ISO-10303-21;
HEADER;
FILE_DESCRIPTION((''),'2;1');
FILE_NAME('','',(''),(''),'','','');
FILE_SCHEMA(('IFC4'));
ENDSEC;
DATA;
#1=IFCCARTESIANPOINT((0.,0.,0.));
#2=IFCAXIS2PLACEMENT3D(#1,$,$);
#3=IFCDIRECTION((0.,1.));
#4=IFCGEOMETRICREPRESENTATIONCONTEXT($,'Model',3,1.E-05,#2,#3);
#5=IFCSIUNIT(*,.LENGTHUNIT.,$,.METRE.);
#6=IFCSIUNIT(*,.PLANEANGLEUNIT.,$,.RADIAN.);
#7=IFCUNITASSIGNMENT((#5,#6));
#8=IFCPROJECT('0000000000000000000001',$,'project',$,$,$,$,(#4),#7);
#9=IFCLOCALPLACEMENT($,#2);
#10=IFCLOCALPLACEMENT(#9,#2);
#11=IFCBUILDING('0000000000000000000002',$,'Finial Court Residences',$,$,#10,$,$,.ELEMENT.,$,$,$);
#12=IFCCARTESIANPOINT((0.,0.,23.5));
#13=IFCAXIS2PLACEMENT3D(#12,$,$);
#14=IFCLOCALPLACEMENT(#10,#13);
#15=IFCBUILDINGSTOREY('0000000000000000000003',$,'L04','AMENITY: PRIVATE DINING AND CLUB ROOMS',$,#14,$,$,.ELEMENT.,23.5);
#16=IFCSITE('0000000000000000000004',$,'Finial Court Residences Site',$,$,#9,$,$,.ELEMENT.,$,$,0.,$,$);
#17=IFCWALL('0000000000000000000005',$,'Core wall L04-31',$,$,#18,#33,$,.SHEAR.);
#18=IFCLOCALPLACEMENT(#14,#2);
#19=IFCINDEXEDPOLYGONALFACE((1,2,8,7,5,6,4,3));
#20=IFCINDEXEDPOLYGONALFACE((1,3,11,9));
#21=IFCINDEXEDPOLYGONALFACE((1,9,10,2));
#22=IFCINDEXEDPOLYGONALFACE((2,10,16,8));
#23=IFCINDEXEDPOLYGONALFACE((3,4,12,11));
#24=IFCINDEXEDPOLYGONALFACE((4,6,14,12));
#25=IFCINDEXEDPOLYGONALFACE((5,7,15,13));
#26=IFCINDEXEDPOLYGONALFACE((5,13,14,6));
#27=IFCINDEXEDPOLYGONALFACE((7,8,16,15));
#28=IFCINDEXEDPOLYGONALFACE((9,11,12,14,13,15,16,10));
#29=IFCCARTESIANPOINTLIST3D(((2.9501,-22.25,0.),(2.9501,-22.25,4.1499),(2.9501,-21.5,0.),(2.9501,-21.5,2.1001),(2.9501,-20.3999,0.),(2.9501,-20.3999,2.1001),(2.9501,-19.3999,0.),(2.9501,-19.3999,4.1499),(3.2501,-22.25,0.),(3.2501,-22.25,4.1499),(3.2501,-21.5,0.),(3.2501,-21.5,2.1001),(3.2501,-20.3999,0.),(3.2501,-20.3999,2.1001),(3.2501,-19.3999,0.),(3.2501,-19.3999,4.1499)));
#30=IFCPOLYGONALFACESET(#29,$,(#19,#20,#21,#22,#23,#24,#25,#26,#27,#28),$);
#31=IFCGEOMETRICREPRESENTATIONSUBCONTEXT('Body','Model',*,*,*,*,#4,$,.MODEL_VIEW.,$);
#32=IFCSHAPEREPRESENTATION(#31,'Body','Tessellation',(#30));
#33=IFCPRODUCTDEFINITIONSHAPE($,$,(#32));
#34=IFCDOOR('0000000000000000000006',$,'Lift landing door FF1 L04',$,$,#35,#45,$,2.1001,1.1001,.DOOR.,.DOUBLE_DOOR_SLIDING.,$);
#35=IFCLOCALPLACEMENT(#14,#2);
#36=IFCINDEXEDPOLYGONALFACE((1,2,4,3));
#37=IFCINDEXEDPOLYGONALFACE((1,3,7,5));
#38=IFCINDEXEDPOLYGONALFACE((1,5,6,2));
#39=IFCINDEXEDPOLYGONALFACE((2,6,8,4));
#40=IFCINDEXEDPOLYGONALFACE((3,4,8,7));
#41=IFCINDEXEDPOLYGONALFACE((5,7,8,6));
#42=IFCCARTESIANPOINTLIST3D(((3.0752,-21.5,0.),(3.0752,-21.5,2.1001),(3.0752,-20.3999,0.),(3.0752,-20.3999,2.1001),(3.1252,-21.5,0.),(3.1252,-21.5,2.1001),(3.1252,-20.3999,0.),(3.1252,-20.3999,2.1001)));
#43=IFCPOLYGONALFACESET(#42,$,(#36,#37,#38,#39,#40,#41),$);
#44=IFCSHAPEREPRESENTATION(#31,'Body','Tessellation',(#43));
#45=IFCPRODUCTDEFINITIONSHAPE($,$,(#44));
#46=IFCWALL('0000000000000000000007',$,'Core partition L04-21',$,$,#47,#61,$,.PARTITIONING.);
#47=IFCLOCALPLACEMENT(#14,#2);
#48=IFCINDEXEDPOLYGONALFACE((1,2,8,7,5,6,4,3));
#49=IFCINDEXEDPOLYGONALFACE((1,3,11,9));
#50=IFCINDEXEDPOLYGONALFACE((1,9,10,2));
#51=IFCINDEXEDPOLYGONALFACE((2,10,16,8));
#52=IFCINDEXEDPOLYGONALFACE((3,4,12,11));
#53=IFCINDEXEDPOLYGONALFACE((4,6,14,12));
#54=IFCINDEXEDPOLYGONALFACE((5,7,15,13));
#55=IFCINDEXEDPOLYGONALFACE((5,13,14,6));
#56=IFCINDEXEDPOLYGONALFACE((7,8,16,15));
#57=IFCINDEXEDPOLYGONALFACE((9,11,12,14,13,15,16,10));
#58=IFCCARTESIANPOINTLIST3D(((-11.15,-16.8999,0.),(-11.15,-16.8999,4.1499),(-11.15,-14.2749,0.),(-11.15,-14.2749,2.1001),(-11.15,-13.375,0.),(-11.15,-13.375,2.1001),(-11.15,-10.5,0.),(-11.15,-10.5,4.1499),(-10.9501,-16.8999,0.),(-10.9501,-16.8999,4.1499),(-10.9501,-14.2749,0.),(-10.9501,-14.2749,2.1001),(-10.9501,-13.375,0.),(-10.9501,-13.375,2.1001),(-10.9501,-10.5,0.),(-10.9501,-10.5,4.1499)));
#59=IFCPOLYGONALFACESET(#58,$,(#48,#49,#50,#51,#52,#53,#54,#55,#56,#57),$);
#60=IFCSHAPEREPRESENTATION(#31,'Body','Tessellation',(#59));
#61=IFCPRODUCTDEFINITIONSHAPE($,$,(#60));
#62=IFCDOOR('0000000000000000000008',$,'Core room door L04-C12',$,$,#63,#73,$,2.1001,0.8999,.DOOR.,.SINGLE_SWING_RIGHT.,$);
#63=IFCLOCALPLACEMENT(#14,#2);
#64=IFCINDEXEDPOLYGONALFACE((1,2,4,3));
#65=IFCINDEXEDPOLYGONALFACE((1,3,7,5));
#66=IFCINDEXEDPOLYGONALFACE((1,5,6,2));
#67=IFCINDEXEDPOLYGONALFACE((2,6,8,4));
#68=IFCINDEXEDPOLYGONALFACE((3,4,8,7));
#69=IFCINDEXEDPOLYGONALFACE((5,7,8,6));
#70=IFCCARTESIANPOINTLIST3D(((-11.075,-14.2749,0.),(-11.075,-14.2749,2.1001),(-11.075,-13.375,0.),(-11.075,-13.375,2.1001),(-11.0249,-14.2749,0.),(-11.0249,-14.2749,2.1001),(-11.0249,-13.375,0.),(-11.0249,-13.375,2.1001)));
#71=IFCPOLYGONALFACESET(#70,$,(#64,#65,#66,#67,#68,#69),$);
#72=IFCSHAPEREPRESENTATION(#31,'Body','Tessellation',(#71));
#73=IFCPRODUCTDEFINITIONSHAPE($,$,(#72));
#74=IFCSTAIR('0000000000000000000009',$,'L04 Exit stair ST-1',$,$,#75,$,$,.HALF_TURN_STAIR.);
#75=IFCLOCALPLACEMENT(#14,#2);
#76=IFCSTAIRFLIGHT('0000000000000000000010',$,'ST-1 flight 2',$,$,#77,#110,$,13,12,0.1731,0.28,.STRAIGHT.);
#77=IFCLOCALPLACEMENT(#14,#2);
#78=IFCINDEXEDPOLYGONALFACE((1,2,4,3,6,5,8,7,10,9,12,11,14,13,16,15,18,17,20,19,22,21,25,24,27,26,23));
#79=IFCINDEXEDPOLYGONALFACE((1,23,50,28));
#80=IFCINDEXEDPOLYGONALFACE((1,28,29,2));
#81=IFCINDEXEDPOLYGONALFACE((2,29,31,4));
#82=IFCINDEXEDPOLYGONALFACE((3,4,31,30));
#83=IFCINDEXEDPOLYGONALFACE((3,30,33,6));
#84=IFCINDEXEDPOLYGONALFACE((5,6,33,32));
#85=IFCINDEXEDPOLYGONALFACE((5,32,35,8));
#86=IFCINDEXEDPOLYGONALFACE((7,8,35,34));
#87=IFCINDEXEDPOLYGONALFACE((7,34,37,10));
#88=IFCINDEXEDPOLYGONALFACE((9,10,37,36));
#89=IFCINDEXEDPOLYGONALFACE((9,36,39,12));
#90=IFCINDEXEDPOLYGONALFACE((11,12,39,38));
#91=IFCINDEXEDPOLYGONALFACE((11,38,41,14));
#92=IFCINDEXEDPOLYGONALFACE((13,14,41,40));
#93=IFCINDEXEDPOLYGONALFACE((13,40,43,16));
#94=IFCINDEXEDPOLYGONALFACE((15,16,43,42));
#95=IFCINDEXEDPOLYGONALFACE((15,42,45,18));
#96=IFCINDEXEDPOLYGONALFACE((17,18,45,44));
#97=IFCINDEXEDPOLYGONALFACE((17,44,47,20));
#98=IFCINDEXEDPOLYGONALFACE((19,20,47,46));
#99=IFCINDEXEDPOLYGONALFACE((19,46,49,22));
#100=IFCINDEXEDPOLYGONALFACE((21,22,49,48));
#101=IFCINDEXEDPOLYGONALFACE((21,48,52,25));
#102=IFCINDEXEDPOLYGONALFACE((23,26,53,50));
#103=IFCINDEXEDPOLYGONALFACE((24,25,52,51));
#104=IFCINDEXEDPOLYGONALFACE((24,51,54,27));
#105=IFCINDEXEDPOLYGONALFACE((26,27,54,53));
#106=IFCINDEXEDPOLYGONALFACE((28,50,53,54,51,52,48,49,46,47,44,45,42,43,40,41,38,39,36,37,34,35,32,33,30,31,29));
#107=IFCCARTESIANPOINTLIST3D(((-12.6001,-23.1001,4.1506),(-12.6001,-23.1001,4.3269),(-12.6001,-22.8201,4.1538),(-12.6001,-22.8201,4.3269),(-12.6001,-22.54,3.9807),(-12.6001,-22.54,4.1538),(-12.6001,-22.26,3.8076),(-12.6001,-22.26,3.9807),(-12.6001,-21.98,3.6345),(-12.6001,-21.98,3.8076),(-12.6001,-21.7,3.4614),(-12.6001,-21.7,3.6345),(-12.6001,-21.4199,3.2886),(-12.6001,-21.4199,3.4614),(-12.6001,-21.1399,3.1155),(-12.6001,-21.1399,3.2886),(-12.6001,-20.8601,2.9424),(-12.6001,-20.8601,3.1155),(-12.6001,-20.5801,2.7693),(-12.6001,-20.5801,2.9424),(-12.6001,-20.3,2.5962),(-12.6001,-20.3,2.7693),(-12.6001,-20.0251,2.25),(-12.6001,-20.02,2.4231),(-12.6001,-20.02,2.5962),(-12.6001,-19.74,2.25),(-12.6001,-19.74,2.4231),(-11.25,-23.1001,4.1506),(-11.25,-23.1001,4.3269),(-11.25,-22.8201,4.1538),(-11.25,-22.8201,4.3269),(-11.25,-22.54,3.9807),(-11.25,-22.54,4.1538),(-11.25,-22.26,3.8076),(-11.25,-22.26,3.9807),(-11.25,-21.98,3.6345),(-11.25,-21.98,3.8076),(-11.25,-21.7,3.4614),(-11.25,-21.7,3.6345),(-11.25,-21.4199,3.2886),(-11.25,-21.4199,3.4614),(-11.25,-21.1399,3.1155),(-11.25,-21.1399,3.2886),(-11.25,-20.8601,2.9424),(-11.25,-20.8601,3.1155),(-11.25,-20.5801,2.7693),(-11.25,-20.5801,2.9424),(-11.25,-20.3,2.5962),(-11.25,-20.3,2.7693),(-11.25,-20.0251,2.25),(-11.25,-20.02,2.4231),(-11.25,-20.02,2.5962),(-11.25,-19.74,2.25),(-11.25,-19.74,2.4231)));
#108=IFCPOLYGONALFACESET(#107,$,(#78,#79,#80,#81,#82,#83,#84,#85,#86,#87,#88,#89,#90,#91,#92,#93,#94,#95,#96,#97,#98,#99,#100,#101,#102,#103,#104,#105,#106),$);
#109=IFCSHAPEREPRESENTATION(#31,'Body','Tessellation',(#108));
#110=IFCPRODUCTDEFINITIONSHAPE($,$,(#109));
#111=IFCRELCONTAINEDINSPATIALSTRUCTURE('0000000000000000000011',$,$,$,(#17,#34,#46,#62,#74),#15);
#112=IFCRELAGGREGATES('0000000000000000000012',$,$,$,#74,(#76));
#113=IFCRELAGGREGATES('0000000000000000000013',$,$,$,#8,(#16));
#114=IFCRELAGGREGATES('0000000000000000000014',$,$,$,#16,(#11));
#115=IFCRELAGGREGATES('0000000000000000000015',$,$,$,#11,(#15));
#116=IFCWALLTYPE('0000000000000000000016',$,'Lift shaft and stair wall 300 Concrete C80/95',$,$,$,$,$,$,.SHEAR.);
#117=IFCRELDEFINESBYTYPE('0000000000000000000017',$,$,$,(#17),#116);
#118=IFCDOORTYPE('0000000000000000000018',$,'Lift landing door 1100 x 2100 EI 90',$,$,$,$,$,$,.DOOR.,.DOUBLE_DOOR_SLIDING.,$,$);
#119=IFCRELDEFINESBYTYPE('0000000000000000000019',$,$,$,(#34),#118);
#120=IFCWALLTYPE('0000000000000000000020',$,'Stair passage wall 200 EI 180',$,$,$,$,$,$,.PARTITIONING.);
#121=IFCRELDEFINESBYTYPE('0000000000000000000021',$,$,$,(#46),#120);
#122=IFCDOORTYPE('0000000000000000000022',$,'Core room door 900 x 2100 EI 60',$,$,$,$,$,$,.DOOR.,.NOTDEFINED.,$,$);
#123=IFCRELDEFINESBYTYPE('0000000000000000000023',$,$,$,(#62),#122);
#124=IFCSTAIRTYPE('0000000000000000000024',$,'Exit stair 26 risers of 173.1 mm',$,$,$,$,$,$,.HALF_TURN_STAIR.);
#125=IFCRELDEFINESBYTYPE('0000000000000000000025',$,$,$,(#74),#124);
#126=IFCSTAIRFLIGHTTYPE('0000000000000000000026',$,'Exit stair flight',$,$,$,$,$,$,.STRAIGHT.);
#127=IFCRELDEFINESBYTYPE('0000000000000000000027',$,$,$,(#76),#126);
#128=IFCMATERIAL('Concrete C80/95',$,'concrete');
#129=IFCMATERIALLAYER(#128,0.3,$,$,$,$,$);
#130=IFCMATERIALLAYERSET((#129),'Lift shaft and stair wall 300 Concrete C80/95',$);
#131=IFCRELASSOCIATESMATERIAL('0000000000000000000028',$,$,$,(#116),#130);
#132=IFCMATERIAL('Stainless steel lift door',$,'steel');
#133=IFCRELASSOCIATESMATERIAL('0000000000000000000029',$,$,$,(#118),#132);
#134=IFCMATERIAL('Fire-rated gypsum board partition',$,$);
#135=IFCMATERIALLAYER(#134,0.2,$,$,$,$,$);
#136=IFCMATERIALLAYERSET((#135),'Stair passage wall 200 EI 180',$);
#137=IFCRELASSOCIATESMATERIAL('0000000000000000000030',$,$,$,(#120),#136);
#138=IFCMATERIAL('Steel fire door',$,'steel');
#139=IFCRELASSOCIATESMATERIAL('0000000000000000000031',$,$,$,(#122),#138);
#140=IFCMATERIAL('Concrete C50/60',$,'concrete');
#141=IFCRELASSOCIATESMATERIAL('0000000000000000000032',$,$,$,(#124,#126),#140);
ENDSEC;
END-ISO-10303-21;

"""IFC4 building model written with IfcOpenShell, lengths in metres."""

from ifc_helpers import new_model, si_unit, direction, frame, frame_2d, origin, place, context, subcontext, project, spatial, polyline, rectangle, outline, extrude, material, layer, layer_set, type_object, element, fill, aggregate, save


model = new_model("IFC4")

# Units and contexts
model_context = context("Model", 3, precision=1e-05, world=origin(), true_north=direction((0.0, 1.0)))
body_context = subcontext(model_context, "Body", "Model", "MODEL_VIEW")
ifc_project = project(units=[si_unit("LENGTHUNIT", "METRE"), si_unit("PLANEANGLEUNIT", "RADIAN")], contexts=[model_context])

# Site, building, storey
site_placement = place(None, origin())
site = spatial("IfcSite", under=ifc_project, at=site_placement, Name="Finial Court Residences Site", CompositionType="ELEMENT", RefElevation=0.0)
building_placement = place(site_placement, origin())
building = spatial("IfcBuilding", under=site, at=building_placement, Name="Finial Court Residences", CompositionType="ELEMENT")
storey_placement = place(building_placement, frame((0.0, 0.0, 23.5)))
storey = spatial("IfcBuildingStorey", under=building, at=storey_placement, Name="L04", Description="AMENITY: PRIVATE DINING AND CLUB ROOMS", CompositionType="ELEMENT", Elevation=23.5)

# Shared definitions
ifc_material_1 = material(Name="Fire-rated gypsum board partition")
ifc_material_2 = material(Name="Steel fire door", Category="steel")

# Shared definitions
ifc_material_3 = material(Name="Concrete C80/95", Category="concrete")
ifc_layer_1 = layer(ifc_material_3, 0.3)
ifc_layer_set_1 = layer_set([ifc_layer_1], Name="Lift shaft and stair wall 300 Concrete C80/95")
wall_type_1 = type_object("IfcWallType", Name="Lift shaft and stair wall 300 Concrete C80/95", PredefinedType="SHEAR", material=ifc_layer_set_1)

# Walls, openings, doors
wall_1_placement = place(storey_placement, frame((3.1001, -22.25, 0.0), z_axis=(0.0, 0.0, 1.0), x_axis=(0.0, 1.0, 0.0)))
wall_1 = element("IfcWall", 1, at=wall_1_placement, inside=storey, type_object=wall_type_1, Name="Core wall L04-31", PredefinedType="SHEAR", context=body_context, shape_type="SweptSolid", body=[
    extrude(rectangle(XDim=2.8501, YDim=0.3, at=frame_2d((1.425, 0.0))), origin(), (0.0, 0.0, 1.0), 4.1499),
])
opening_1_placement = place(wall_1_placement, frame((0.75, 0.0, 0.0)))
opening_1 = element("IfcOpeningElement", 2, at=opening_1_placement, cuts=wall_1, PredefinedType="OPENING", context=body_context, shape_type="SweptSolid", body=[
    extrude(rectangle(XDim=1.1001, YDim=2.1001, at=frame_2d((0.55, 1.05))), frame((0.0, 0.1599, 0.0), z_axis=(0.0, -1.0, 0.0), x_axis=(1.0, 0.0, 0.0)), (0.0, 0.0, 1.0), 0.3201),
])
ifc_material_4 = material(Name="Stainless steel lift door", Category="steel")
door_type_1 = type_object("IfcDoorType", Name="Lift landing door 1100 x 2100 EI 90", OperationType="DOUBLE_DOOR_SLIDING", PredefinedType="DOOR", material=ifc_material_4)
door_1_placement = place(opening_1_placement, origin())
door_1 = element("IfcDoor", 3, at=door_1_placement, inside=storey, type_object=door_type_1, Name="Lift landing door FF1 L04", OperationType="DOUBLE_DOOR_SLIDING", OverallHeight=2.1001, OverallWidth=1.1001, PredefinedType="DOOR", context=body_context, shape_type="SweptSolid", body=[
    extrude(rectangle(XDim=1.1001, YDim=2.1001, at=frame_2d((0.55, 1.05))), frame((0.0, 0.0249, 0.0), z_axis=(0.0, -1.0, 0.0), x_axis=(1.0, 0.0, 0.0)), (0.0, 0.0, 1.0), 0.05),
])
fill(opening_1, door_1)
ifc_layer_2 = layer(ifc_material_1, 0.2)
ifc_layer_set_2 = layer_set([ifc_layer_2], Name="Stair passage wall 200 EI 180")
wall_type_2 = type_object("IfcWallType", Name="Stair passage wall 200 EI 180", PredefinedType="PARTITIONING", material=ifc_layer_set_2)
wall_2_placement = place(storey_placement, frame((-11.05, -16.8999, 0.0), z_axis=(0.0, 0.0, 1.0), x_axis=(0.0, 1.0, 0.0)))
wall_2 = element("IfcWall", 4, at=wall_2_placement, inside=storey, type_object=wall_type_2, Name="Core partition L04-21", PredefinedType="PARTITIONING", context=body_context, shape_type="SweptSolid", body=[
    extrude(rectangle(XDim=6.3999, YDim=0.2, at=frame_2d((3.2, 0.0))), origin(), (0.0, 0.0, 1.0), 4.1499),
])
opening_2_placement = place(wall_2_placement, frame((2.625, 0.0, 0.0)))
opening_2 = element("IfcOpeningElement", 5, at=opening_2_placement, cuts=wall_2, PredefinedType="OPENING", context=body_context, shape_type="SweptSolid", body=[
    extrude(rectangle(XDim=0.8999, YDim=2.1001, at=frame_2d((0.45, 1.05))), frame((0.0, 0.1099, 0.0), z_axis=(0.0, -1.0, 0.0), x_axis=(1.0, 0.0, 0.0)), (0.0, 0.0, 1.0), 0.22),
])
door_type_2 = type_object("IfcDoorType", Name="Core room door 900 x 2100 EI 60", OperationType="NOTDEFINED", PredefinedType="DOOR", material=ifc_material_2)
door_2_placement = place(opening_2_placement, origin())
door_2 = element("IfcDoor", 6, at=door_2_placement, inside=storey, type_object=door_type_2, Name="Core room door L04-C12", OperationType="SINGLE_SWING_RIGHT", OverallHeight=2.1001, OverallWidth=0.8999, PredefinedType="DOOR", context=body_context, shape_type="SweptSolid", body=[
    extrude(rectangle(XDim=0.8999, YDim=2.1001, at=frame_2d((0.45, 1.05))), frame((0.0, 0.0249, 0.0), z_axis=(0.0, -1.0, 0.0), x_axis=(1.0, 0.0, 0.0)), (0.0, 0.0, 1.0), 0.05),
])
fill(opening_2, door_2)

# Stair, stair flight
ifc_material_5 = material(Name="Concrete C50/60", Category="concrete")
stair_type = type_object("IfcStairType", Name="Exit stair 26 risers of 173.1 mm", PredefinedType="HALF_TURN_STAIR", material=ifc_material_5)
stair_placement = place(storey_placement, origin())
stair = element("IfcStair", 7, at=stair_placement, inside=storey, type_object=stair_type, Name="L04 Exit stair ST-1", PredefinedType="HALF_TURN_STAIR")
stair_flight_type = type_object("IfcStairFlightType", Name="Exit stair flight", PredefinedType="STRAIGHT", material=ifc_material_5)
stair_flight_placement = place(storey_placement, frame((-11.925, -19.74, 2.25), z_axis=(0.0, 0.0, 1.0), x_axis=(0.0, -1.0, 0.0)))
stair_flight = element("IfcStairFlight", 8, at=stair_flight_placement, type_object=stair_flight_type, Name="ST-1 flight 2", NumberOfRisers=13, NumberOfTreads=12, PredefinedType="STRAIGHT", RiserHeight=0.1731, TreadLength=0.28, context=body_context, shape_type="SweptSolid", body=[
    extrude(outline(polyline([(0.0, 0.0), (0.0, 0.1731), (0.28, 0.1731), (0.28, 0.3462), (0.5601, 0.3462), (0.5601, 0.5193), (0.8401, 0.5193), (0.8401, 0.6924), (1.1201, 0.6924), (1.1201, 0.8655), (1.3999, 0.8655), (1.3999, 1.0386), (1.6799, 1.0386), (1.6799, 1.2114), (1.96, 1.2114), (1.96, 1.3845), (2.24, 1.3845), (2.24, 1.5576), (2.52, 1.5576), (2.52, 1.7307), (2.8, 1.7307), (2.8, 1.9038), (3.0801, 1.9038), (3.0801, 2.0769), (3.3601, 2.0769), (3.3601, 2.25), (3.3601, 1.9006), (0.2852, 0.0), (0.0, 0.0)])), frame((0.0, 0.675, 0.0), z_axis=(0.0, -1.0, 0.0), x_axis=(1.0, 0.0, 0.0)), (0.0, 0.0, 1.0), 1.3501),
])
aggregate(stair, [stair_flight])

save(model, "model.ifc")
